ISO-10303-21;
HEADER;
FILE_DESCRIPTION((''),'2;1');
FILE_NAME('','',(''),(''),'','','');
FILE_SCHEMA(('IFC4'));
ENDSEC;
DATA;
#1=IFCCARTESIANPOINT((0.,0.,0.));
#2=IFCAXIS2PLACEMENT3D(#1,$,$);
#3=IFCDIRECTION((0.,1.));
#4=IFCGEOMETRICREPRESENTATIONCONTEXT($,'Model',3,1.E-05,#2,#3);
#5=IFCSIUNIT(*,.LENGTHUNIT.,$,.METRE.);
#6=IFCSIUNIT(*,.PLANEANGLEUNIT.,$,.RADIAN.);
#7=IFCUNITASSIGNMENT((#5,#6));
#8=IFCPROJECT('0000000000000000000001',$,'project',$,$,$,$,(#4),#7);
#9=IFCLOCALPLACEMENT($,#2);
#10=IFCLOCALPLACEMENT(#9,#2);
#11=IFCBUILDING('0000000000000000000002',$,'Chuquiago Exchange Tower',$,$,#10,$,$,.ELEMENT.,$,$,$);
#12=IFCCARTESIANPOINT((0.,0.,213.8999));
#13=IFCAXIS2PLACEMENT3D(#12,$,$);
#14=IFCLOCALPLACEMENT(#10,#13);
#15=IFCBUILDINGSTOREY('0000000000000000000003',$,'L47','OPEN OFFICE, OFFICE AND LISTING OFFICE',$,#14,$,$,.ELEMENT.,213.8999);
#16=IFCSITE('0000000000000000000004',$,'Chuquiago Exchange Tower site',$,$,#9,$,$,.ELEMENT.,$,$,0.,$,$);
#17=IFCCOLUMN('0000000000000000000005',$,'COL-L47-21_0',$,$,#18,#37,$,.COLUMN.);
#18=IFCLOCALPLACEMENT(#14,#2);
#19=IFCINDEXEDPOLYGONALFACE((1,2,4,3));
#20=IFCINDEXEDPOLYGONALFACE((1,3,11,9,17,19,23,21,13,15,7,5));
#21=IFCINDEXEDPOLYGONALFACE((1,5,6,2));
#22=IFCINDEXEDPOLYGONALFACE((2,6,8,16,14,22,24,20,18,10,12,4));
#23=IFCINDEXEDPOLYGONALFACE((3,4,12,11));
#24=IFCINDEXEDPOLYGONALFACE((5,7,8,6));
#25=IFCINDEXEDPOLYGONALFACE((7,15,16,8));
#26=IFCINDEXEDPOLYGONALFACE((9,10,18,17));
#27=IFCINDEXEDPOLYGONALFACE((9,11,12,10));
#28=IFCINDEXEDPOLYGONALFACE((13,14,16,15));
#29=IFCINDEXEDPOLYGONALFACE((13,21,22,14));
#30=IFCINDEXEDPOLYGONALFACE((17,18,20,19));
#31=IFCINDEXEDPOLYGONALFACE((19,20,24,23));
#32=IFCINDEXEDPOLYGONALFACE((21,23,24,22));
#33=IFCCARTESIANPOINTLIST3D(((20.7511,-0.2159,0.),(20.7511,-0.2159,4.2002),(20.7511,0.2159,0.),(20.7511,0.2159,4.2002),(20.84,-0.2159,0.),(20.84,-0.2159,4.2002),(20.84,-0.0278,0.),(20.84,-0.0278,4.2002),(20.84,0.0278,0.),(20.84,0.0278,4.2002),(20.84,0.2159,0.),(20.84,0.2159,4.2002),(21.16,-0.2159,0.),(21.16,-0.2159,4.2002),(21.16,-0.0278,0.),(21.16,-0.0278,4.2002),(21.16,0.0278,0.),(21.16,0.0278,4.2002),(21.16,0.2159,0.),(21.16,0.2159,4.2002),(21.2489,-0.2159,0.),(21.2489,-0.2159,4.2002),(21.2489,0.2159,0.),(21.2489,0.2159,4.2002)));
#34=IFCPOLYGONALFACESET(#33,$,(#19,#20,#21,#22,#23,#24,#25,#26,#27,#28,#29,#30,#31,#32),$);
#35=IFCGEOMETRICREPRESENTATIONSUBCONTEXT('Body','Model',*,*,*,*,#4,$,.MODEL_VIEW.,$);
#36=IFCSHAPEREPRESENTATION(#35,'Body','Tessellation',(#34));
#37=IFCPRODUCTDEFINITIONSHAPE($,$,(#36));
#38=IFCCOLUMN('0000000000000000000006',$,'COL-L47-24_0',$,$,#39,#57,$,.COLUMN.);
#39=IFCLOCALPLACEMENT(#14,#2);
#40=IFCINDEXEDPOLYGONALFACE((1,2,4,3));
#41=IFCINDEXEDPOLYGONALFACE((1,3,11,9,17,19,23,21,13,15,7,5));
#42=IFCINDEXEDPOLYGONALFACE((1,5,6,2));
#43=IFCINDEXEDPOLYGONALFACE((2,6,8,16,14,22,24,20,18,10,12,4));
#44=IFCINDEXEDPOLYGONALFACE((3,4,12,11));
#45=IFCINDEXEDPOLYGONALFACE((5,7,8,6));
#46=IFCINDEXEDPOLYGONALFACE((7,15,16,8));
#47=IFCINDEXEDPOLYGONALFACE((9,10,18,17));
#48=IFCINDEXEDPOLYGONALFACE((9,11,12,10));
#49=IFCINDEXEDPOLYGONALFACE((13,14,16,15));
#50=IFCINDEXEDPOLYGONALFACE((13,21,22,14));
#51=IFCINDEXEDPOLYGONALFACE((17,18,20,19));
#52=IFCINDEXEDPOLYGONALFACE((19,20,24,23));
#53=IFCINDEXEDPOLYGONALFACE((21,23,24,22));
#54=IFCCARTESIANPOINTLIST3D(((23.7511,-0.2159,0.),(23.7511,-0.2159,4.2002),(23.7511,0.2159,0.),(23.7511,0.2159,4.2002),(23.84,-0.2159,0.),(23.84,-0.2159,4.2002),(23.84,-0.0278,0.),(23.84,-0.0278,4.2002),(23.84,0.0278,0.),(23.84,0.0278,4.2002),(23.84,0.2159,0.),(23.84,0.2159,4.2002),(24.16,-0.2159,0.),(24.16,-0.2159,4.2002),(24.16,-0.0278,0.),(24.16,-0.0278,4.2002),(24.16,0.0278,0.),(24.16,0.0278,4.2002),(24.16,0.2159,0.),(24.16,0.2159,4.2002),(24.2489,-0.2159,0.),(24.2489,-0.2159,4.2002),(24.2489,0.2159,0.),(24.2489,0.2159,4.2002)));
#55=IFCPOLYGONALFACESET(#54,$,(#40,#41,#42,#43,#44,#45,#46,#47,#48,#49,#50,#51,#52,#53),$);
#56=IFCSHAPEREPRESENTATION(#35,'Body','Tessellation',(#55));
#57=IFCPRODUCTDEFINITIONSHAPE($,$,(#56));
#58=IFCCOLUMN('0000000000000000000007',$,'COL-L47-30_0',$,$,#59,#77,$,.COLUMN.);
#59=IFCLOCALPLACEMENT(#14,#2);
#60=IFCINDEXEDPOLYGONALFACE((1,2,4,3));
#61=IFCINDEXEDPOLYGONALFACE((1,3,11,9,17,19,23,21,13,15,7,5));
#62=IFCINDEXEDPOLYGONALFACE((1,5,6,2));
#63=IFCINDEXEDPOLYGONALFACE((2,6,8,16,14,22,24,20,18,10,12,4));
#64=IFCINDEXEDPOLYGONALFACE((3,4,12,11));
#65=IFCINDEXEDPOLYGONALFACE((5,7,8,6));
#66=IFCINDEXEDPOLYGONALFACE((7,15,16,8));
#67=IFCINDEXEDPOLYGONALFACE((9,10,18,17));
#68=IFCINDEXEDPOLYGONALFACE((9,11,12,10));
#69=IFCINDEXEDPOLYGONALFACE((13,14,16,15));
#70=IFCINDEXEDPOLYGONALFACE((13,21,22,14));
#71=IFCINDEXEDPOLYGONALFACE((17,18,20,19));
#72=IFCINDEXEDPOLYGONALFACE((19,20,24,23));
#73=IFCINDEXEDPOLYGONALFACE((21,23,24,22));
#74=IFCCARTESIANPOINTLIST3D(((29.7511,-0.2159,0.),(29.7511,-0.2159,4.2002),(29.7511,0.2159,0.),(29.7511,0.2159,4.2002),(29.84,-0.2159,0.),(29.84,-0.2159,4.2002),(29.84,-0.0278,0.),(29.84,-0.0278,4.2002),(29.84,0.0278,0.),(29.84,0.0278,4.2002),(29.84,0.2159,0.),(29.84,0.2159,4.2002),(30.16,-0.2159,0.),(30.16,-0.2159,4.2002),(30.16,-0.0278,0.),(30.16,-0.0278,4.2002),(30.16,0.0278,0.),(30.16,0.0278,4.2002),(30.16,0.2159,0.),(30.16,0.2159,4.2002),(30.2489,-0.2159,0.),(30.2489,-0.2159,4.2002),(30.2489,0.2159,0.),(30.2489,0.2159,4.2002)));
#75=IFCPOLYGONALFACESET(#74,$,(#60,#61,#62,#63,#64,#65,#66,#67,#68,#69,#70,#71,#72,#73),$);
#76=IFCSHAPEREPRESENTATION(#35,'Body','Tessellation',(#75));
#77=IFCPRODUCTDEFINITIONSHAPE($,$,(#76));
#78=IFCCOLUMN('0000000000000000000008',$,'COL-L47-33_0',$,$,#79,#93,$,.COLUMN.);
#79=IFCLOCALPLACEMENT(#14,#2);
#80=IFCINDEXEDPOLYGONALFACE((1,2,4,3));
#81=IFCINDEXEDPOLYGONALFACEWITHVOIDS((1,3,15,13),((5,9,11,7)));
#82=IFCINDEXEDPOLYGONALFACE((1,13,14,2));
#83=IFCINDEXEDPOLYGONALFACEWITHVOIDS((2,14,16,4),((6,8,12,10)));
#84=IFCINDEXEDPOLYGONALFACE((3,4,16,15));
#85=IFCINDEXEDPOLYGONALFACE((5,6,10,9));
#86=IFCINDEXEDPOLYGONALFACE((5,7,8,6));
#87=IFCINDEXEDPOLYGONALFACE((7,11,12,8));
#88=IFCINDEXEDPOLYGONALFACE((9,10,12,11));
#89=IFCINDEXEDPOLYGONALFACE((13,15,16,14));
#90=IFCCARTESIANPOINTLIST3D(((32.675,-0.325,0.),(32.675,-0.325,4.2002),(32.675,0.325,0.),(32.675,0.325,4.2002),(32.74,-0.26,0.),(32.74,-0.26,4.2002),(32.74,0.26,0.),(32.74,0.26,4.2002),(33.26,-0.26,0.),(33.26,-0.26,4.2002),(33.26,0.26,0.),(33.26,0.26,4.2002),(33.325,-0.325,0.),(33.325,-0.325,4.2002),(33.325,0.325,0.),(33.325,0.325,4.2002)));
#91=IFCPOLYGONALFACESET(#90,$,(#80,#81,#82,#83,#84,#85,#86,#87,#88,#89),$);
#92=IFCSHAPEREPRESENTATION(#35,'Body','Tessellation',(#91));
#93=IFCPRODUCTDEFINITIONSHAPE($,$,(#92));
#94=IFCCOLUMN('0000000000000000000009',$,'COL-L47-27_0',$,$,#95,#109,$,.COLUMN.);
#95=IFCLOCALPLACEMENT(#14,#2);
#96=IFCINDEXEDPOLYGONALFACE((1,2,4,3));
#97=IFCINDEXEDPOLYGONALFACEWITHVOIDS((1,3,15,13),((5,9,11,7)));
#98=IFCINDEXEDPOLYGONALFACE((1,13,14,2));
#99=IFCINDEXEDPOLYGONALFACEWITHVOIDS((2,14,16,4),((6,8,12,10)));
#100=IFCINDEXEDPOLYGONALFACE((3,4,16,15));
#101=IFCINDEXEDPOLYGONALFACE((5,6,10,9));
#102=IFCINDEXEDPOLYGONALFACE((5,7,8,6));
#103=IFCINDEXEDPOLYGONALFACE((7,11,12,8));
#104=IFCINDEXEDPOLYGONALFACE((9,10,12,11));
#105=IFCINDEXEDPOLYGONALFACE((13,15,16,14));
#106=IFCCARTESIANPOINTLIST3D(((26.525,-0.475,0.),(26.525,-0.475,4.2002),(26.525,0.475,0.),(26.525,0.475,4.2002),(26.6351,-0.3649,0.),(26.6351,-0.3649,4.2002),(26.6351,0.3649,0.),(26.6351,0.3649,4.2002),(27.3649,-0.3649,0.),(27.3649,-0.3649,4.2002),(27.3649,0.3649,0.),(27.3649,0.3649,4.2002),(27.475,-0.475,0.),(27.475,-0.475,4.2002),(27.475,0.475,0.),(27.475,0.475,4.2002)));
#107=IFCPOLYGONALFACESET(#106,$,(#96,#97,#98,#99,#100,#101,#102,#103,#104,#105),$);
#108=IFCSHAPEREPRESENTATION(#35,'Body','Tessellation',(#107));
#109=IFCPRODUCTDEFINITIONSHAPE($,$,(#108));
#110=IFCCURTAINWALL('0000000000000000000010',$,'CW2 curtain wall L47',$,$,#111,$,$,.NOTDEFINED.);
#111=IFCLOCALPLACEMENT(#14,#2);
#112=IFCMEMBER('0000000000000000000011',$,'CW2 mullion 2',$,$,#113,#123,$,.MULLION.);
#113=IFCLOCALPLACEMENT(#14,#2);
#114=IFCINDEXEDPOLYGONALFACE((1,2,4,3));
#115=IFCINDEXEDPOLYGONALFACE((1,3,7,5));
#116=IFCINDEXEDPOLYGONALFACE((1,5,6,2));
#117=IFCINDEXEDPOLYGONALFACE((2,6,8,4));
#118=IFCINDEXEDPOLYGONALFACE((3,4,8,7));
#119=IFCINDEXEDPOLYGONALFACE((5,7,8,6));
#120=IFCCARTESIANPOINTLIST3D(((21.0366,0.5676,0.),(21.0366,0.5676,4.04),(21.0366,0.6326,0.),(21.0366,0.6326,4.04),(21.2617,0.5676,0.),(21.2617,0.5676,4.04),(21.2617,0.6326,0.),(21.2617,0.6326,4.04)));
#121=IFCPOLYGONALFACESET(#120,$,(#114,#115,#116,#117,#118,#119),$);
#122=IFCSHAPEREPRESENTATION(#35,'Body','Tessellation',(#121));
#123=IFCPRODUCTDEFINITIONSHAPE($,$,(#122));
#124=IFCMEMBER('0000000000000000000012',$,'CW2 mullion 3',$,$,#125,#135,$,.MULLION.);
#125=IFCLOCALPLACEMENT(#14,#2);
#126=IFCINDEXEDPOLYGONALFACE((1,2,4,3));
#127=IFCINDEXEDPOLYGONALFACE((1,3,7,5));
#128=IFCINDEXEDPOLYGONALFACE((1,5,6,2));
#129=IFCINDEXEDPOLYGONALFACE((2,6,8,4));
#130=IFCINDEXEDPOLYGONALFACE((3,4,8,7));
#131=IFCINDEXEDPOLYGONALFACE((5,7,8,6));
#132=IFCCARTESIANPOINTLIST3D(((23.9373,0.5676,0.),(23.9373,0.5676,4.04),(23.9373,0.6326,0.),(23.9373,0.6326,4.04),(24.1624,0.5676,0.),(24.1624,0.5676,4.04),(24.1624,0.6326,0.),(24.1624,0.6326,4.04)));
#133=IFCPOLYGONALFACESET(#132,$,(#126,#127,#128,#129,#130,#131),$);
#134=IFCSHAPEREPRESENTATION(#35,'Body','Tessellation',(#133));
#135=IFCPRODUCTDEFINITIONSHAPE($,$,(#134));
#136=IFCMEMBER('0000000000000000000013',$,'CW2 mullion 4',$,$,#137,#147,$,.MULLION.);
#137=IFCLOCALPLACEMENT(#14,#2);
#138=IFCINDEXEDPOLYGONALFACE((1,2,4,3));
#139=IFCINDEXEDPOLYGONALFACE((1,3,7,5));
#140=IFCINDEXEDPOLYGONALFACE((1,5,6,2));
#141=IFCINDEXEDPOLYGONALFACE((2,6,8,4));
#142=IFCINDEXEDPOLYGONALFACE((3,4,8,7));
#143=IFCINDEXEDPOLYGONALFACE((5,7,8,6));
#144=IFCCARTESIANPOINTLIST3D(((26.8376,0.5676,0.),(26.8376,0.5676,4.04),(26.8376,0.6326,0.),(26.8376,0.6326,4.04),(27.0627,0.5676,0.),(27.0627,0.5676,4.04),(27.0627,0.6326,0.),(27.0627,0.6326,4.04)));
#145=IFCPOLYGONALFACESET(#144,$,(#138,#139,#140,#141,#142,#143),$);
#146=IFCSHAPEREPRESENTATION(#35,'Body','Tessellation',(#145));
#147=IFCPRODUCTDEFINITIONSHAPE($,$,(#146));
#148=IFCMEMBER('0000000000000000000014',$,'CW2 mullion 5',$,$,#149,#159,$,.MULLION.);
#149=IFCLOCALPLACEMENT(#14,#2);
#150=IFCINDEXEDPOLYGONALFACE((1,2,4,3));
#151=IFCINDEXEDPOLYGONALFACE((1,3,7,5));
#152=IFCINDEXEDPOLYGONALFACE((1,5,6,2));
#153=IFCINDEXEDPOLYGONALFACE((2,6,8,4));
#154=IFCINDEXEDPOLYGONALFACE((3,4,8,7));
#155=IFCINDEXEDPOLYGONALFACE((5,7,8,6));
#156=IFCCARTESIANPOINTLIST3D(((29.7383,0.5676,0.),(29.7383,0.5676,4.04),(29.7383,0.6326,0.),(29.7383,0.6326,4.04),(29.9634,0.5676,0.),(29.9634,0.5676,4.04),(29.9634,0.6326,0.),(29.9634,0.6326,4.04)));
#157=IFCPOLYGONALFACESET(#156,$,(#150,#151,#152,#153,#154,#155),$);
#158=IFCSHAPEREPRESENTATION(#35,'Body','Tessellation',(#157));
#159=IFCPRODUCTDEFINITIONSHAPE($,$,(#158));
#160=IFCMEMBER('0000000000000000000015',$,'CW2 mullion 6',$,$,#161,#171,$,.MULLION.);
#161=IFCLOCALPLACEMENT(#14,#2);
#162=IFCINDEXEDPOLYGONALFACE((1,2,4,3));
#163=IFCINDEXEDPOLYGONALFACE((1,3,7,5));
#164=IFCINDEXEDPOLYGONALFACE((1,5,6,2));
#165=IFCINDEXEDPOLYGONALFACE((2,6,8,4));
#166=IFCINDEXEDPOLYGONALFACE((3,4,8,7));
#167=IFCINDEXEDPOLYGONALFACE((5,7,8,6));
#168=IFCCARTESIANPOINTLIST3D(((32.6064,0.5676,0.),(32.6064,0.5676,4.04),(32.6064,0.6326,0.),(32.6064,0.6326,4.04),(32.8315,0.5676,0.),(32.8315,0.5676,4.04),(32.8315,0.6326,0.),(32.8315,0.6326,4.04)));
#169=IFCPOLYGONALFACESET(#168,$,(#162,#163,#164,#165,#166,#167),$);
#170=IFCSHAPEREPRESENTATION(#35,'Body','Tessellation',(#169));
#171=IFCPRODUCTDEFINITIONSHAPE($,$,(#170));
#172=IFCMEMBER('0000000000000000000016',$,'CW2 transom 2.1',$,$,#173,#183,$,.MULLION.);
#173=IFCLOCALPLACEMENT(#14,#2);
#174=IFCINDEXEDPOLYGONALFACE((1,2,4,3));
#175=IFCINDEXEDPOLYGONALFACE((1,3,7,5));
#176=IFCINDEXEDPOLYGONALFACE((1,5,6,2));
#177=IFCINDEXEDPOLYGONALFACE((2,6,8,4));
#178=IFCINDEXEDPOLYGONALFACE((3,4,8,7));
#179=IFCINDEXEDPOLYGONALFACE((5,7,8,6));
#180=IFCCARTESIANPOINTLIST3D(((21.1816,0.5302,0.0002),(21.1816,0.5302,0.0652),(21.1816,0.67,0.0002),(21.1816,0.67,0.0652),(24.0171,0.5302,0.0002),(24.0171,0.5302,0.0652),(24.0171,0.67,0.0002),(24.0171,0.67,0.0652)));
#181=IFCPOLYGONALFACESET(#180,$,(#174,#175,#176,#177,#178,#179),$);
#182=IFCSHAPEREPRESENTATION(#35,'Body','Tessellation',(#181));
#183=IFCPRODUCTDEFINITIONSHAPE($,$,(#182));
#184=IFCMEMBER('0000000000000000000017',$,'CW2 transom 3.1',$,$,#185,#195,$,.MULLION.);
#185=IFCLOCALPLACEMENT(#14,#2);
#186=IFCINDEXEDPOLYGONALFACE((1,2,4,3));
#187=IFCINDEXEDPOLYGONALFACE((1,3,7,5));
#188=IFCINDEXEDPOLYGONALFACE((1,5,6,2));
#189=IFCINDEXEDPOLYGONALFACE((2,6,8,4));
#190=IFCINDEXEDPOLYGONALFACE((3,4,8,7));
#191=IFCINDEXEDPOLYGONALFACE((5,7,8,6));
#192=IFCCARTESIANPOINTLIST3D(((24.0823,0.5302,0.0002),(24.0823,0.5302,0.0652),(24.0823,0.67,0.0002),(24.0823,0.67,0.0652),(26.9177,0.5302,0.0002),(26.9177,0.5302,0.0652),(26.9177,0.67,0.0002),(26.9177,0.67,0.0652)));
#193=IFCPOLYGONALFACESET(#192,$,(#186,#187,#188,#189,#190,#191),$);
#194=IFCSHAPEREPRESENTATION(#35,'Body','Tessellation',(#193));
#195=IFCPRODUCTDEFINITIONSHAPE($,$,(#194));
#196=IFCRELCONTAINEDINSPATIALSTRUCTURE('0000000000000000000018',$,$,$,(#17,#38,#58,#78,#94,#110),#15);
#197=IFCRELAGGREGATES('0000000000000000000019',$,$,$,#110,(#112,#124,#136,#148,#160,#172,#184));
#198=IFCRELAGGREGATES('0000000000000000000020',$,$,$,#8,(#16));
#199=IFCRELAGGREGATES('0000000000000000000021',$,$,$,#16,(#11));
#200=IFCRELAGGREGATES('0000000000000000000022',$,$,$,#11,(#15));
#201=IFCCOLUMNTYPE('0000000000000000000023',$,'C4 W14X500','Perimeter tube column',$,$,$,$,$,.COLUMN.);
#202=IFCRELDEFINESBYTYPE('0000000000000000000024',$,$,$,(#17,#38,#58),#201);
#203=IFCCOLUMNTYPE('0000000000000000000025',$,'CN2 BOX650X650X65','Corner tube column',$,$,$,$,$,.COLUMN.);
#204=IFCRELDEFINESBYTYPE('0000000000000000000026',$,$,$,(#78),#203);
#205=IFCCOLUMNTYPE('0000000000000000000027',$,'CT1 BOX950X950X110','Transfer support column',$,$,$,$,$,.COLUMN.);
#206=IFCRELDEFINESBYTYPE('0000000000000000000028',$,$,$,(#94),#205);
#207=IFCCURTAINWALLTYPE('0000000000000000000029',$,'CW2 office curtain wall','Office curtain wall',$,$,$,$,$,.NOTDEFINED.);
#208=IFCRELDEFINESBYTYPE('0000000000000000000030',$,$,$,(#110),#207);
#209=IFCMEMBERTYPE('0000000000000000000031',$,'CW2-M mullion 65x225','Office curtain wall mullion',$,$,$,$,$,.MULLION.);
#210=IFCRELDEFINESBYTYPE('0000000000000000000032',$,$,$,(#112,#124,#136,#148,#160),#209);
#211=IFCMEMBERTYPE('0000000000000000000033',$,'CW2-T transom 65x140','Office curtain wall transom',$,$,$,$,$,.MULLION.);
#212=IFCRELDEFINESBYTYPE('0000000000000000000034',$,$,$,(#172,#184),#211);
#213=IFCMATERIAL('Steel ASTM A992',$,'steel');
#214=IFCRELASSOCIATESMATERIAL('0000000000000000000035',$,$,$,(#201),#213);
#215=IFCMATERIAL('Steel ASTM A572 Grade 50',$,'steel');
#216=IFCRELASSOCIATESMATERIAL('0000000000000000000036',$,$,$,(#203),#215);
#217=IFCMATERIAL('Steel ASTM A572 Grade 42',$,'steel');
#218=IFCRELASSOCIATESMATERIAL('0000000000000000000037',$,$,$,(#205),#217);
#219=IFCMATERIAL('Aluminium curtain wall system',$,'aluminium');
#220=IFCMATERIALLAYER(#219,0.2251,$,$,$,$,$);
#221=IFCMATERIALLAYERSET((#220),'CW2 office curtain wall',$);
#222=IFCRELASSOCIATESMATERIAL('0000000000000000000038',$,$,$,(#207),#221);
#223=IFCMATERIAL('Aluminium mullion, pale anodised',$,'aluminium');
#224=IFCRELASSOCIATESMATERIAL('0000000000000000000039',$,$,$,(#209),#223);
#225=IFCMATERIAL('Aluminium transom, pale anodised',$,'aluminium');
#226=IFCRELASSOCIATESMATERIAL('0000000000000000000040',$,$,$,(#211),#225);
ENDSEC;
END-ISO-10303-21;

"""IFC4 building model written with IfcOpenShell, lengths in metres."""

from ifc_helpers import new_model, si_unit, direction, frame, origin, origin_2d, place, context, subcontext, project, spatial, rectangle, hollow_rectangle, i_section, extrude, material, layer, layer_set, material_profile, profile_set, type_object, element, aggregate, save


model = new_model("IFC4")

# Units and contexts
model_context = context("Model", 3, precision=1e-05, world=origin(), true_north=direction((0.0, 1.0)))
body_context = subcontext(model_context, "Body", "Model", "MODEL_VIEW")
ifc_project = project(units=[si_unit("LENGTHUNIT", "METRE"), si_unit("PLANEANGLEUNIT", "RADIAN")], contexts=[model_context])

# Site, building, storey
site_placement = place(None, origin())
site = spatial("IfcSite", under=ifc_project, at=site_placement, Name="Chuquiago Exchange Tower site", CompositionType="ELEMENT", RefElevation=0.0)
building_placement = place(site_placement, origin())
building = spatial("IfcBuilding", under=site, at=building_placement, Name="Chuquiago Exchange Tower", CompositionType="ELEMENT")
storey_placement = place(building_placement, frame((0.0, 0.0, 213.8999)))
storey = spatial("IfcBuildingStorey", under=building, at=storey_placement, Name="L47", Description="OPEN OFFICE, OFFICE AND LISTING OFFICE", CompositionType="ELEMENT", Elevation=213.8999)

# Columns
ifc_material_1 = material(Name="Steel ASTM A992", Category="steel")
ifc_material_profile_1 = material_profile(ifc_material_1, i_section(OverallWidth=0.4319, OverallDepth=0.4978, WebThickness=0.0557, FlangeThickness=0.0889, at=origin_2d()), Name="W14X500")
ifc_profile_set_1 = profile_set([ifc_material_profile_1], Name="Steel ASTM A992")
column_type_1 = type_object("IfcColumnType", Name="C4 W14X500", Description="Perimeter tube column", PredefinedType="COLUMN", material=ifc_profile_set_1)
for number, where, z_axis, x_axis, name in (
    (1, (21.0, 0.0, 0.0), (0.0, 0.0, 1.0), (0.0, -1.0, 0.0), "COL-L47-21_0"),
    (2, (24.0, 0.0, 0.0), (0.0, 0.0, 1.0), (0.0, -1.0, 0.0), "COL-L47-24_0"),
    (3, (30.0, 0.0, 0.0), (0.0, 0.0, 1.0), (0.0, -1.0, 0.0), "COL-L47-30_0"),
):
    element("IfcColumn", number, at=place(storey_placement, frame(where, z_axis=z_axis, x_axis=x_axis)), inside=storey, type_object=column_type_1, Name=name, PredefinedType="COLUMN", context=body_context, shape_type="SweptSolid", body=[
        extrude(i_section(OverallWidth=0.4319, OverallDepth=0.4978, WebThickness=0.0557, FlangeThickness=0.0889, at=origin_2d()), origin(), (0.0, 0.0, 1.0), 4.2002),
    ])
ifc_material_2 = material(Name="Steel ASTM A572 Grade 50", Category="steel")
ifc_material_profile_2 = material_profile(ifc_material_2, hollow_rectangle(XDim=0.6499, YDim=0.6499, WallThickness=0.0649, at=origin_2d()), Name="BOX650X650X65")
ifc_profile_set_2 = profile_set([ifc_material_profile_2], Name="Steel ASTM A572 Grade 50")
column_type_2 = type_object("IfcColumnType", Name="CN2 BOX650X650X65", Description="Corner tube column", PredefinedType="COLUMN", material=ifc_profile_set_2)
column_1_placement = place(storey_placement, frame((33.0, 0.0, 0.0), z_axis=(0.0, 0.0, 1.0), x_axis=(0.0, -1.0, 0.0)))
element("IfcColumn", 4, at=column_1_placement, inside=storey, type_object=column_type_2, Name="COL-L47-33_0", PredefinedType="COLUMN", context=body_context, shape_type="SweptSolid", body=[
    extrude(hollow_rectangle(XDim=0.6499, YDim=0.6499, WallThickness=0.0649, at=origin_2d()), origin(), (0.0, 0.0, 1.0), 4.2002),
])
ifc_material_3 = material(Name="Steel ASTM A572 Grade 42", Category="steel")
ifc_material_profile_3 = material_profile(ifc_material_3, hollow_rectangle(XDim=0.95, YDim=0.95, WallThickness=0.1101, at=origin_2d()), Name="BOX950X950X110")
ifc_profile_set_3 = profile_set([ifc_material_profile_3], Name="Steel ASTM A572 Grade 42")
column_type_3 = type_object("IfcColumnType", Name="CT1 BOX950X950X110", Description="Transfer support column", PredefinedType="COLUMN", material=ifc_profile_set_3)
column_2_placement = place(storey_placement, frame((27.0, 0.0, 0.0), z_axis=(0.0, 0.0, 1.0), x_axis=(0.0, -1.0, 0.0)))
element("IfcColumn", 5, at=column_2_placement, inside=storey, type_object=column_type_3, Name="COL-L47-27_0", PredefinedType="COLUMN", context=body_context, shape_type="SweptSolid", body=[
    extrude(hollow_rectangle(XDim=0.95, YDim=0.95, WallThickness=0.1101, at=origin_2d()), origin(), (0.0, 0.0, 1.0), 4.2002),
])

# Curtain wall, members
ifc_material_4 = material(Name="Aluminium curtain wall system", Category="aluminium")
ifc_layer_1 = layer(ifc_material_4, 0.2251)
ifc_layer_set_1 = layer_set([ifc_layer_1], Name="CW2 office curtain wall")
curtain_wall_type_1 = type_object("IfcCurtainWallType", Name="CW2 office curtain wall", Description="Office curtain wall", PredefinedType="NOTDEFINED", material=ifc_layer_set_1)
curtain_wall_1_placement = place(storey_placement, origin())
curtain_wall_1 = element("IfcCurtainWall", 6, at=curtain_wall_1_placement, inside=storey, type_object=curtain_wall_type_1, Name="CW2 curtain wall L47", PredefinedType="NOTDEFINED")
ifc_material_5 = material(Name="Aluminium mullion, pale anodised", Category="aluminium")
ifc_material_profile_4 = material_profile(ifc_material_5, rectangle(XDim=0.0649, YDim=0.2251, at=origin_2d()), Name="AL 65x225")
ifc_profile_set_4 = profile_set([ifc_material_profile_4], Name="Aluminium mullion, pale anodised")
member_type_1 = type_object("IfcMemberType", Name="CW2-M mullion 65x225", Description="Office curtain wall mullion", PredefinedType="MULLION", material=ifc_profile_set_4)
member_1_placement = place(storey_placement, frame((21.1492, 0.6001, 0.0), z_axis=(0.0, 0.0, 1.0), x_axis=(0.0, 1.0, 0.0)))
member_1 = element("IfcMember", 7, at=member_1_placement, type_object=member_type_1, Name="CW2 mullion 2", PredefinedType="MULLION", context=body_context, shape_type="SweptSolid", body=[
    extrude(rectangle(XDim=0.0649, YDim=0.2251, at=origin_2d()), origin(), (0.0, 0.0, 1.0), 4.04),
])
member_2_placement = place(storey_placement, frame((24.0498, 0.6001, 0.0), z_axis=(0.0, 0.0, 1.0), x_axis=(0.0, 1.0, 0.0)))
member_2 = element("IfcMember", 8, at=member_2_placement, type_object=member_type_1, Name="CW2 mullion 3", PredefinedType="MULLION", context=body_context, shape_type="SweptSolid", body=[
    extrude(rectangle(XDim=0.0649, YDim=0.2251, at=origin_2d()), origin(), (0.0, 0.0, 1.0), 4.04),
])
member_3_placement = place(storey_placement, frame((26.9502, 0.6001, 0.0), z_axis=(0.0, 0.0, 1.0), x_axis=(0.0, 1.0, 0.0)))
member_3 = element("IfcMember", 9, at=member_3_placement, type_object=member_type_1, Name="CW2 mullion 4", PredefinedType="MULLION", context=body_context, shape_type="SweptSolid", body=[
    extrude(rectangle(XDim=0.0649, YDim=0.2251, at=origin_2d()), origin(), (0.0, 0.0, 1.0), 4.04),
])
member_4_placement = place(storey_placement, frame((29.8508, 0.6001, 0.0), z_axis=(0.0, 0.0, 1.0), x_axis=(0.0, 1.0, 0.0)))
member_4 = element("IfcMember", 10, at=member_4_placement, type_object=member_type_1, Name="CW2 mullion 5", PredefinedType="MULLION", context=body_context, shape_type="SweptSolid", body=[
    extrude(rectangle(XDim=0.0649, YDim=0.2251, at=origin_2d()), origin(), (0.0, 0.0, 1.0), 4.04),
])
member_5_placement = place(storey_placement, frame((32.719, 0.6001, 0.0), z_axis=(0.0, 0.0, 1.0), x_axis=(0.0, 1.0, 0.0)))
member_5 = element("IfcMember", 11, at=member_5_placement, type_object=member_type_1, Name="CW2 mullion 6", PredefinedType="MULLION", context=body_context, shape_type="SweptSolid", body=[
    extrude(rectangle(XDim=0.0649, YDim=0.2251, at=origin_2d()), origin(), (0.0, 0.0, 1.0), 4.04),
])
ifc_material_6 = material(Name="Aluminium transom, pale anodised", Category="aluminium")
ifc_material_profile_5 = material_profile(ifc_material_6, rectangle(XDim=0.1399, YDim=0.0649, at=origin_2d()), Name="AL 140x65")
ifc_profile_set_5 = profile_set([ifc_material_profile_5], Name="Aluminium transom, pale anodised")
member_type_2 = type_object("IfcMemberType", Name="CW2-T transom 65x140", Description="Office curtain wall transom", PredefinedType="MULLION", material=ifc_profile_set_5)
member_6_placement = place(storey_placement, frame((21.1816, 0.6001, 0.0327), z_axis=(1.0, 0.0, 0.0), x_axis=(0.0, 1.0, 0.0)))
member_6 = element("IfcMember", 12, at=member_6_placement, type_object=member_type_2, Name="CW2 transom 2.1", PredefinedType="MULLION", context=body_context, shape_type="SweptSolid", body=[
    extrude(rectangle(XDim=0.1399, YDim=0.0649, at=origin_2d()), origin(), (0.0, 0.0, 1.0), 2.8354),
])
member_7_placement = place(storey_placement, frame((24.0823, 0.6001, 0.0327), z_axis=(1.0, 0.0, 0.0), x_axis=(0.0, 1.0, 0.0)))
member_7 = element("IfcMember", 13, at=member_7_placement, type_object=member_type_2, Name="CW2 transom 3.1", PredefinedType="MULLION", context=body_context, shape_type="SweptSolid", body=[
    extrude(rectangle(XDim=0.1399, YDim=0.0649, at=origin_2d()), origin(), (0.0, 0.0, 1.0), 2.8354),
])

aggregate(curtain_wall_1, [member_1, member_2, member_3, member_4, member_5, member_6, member_7])

save(model, "model.ifc")
